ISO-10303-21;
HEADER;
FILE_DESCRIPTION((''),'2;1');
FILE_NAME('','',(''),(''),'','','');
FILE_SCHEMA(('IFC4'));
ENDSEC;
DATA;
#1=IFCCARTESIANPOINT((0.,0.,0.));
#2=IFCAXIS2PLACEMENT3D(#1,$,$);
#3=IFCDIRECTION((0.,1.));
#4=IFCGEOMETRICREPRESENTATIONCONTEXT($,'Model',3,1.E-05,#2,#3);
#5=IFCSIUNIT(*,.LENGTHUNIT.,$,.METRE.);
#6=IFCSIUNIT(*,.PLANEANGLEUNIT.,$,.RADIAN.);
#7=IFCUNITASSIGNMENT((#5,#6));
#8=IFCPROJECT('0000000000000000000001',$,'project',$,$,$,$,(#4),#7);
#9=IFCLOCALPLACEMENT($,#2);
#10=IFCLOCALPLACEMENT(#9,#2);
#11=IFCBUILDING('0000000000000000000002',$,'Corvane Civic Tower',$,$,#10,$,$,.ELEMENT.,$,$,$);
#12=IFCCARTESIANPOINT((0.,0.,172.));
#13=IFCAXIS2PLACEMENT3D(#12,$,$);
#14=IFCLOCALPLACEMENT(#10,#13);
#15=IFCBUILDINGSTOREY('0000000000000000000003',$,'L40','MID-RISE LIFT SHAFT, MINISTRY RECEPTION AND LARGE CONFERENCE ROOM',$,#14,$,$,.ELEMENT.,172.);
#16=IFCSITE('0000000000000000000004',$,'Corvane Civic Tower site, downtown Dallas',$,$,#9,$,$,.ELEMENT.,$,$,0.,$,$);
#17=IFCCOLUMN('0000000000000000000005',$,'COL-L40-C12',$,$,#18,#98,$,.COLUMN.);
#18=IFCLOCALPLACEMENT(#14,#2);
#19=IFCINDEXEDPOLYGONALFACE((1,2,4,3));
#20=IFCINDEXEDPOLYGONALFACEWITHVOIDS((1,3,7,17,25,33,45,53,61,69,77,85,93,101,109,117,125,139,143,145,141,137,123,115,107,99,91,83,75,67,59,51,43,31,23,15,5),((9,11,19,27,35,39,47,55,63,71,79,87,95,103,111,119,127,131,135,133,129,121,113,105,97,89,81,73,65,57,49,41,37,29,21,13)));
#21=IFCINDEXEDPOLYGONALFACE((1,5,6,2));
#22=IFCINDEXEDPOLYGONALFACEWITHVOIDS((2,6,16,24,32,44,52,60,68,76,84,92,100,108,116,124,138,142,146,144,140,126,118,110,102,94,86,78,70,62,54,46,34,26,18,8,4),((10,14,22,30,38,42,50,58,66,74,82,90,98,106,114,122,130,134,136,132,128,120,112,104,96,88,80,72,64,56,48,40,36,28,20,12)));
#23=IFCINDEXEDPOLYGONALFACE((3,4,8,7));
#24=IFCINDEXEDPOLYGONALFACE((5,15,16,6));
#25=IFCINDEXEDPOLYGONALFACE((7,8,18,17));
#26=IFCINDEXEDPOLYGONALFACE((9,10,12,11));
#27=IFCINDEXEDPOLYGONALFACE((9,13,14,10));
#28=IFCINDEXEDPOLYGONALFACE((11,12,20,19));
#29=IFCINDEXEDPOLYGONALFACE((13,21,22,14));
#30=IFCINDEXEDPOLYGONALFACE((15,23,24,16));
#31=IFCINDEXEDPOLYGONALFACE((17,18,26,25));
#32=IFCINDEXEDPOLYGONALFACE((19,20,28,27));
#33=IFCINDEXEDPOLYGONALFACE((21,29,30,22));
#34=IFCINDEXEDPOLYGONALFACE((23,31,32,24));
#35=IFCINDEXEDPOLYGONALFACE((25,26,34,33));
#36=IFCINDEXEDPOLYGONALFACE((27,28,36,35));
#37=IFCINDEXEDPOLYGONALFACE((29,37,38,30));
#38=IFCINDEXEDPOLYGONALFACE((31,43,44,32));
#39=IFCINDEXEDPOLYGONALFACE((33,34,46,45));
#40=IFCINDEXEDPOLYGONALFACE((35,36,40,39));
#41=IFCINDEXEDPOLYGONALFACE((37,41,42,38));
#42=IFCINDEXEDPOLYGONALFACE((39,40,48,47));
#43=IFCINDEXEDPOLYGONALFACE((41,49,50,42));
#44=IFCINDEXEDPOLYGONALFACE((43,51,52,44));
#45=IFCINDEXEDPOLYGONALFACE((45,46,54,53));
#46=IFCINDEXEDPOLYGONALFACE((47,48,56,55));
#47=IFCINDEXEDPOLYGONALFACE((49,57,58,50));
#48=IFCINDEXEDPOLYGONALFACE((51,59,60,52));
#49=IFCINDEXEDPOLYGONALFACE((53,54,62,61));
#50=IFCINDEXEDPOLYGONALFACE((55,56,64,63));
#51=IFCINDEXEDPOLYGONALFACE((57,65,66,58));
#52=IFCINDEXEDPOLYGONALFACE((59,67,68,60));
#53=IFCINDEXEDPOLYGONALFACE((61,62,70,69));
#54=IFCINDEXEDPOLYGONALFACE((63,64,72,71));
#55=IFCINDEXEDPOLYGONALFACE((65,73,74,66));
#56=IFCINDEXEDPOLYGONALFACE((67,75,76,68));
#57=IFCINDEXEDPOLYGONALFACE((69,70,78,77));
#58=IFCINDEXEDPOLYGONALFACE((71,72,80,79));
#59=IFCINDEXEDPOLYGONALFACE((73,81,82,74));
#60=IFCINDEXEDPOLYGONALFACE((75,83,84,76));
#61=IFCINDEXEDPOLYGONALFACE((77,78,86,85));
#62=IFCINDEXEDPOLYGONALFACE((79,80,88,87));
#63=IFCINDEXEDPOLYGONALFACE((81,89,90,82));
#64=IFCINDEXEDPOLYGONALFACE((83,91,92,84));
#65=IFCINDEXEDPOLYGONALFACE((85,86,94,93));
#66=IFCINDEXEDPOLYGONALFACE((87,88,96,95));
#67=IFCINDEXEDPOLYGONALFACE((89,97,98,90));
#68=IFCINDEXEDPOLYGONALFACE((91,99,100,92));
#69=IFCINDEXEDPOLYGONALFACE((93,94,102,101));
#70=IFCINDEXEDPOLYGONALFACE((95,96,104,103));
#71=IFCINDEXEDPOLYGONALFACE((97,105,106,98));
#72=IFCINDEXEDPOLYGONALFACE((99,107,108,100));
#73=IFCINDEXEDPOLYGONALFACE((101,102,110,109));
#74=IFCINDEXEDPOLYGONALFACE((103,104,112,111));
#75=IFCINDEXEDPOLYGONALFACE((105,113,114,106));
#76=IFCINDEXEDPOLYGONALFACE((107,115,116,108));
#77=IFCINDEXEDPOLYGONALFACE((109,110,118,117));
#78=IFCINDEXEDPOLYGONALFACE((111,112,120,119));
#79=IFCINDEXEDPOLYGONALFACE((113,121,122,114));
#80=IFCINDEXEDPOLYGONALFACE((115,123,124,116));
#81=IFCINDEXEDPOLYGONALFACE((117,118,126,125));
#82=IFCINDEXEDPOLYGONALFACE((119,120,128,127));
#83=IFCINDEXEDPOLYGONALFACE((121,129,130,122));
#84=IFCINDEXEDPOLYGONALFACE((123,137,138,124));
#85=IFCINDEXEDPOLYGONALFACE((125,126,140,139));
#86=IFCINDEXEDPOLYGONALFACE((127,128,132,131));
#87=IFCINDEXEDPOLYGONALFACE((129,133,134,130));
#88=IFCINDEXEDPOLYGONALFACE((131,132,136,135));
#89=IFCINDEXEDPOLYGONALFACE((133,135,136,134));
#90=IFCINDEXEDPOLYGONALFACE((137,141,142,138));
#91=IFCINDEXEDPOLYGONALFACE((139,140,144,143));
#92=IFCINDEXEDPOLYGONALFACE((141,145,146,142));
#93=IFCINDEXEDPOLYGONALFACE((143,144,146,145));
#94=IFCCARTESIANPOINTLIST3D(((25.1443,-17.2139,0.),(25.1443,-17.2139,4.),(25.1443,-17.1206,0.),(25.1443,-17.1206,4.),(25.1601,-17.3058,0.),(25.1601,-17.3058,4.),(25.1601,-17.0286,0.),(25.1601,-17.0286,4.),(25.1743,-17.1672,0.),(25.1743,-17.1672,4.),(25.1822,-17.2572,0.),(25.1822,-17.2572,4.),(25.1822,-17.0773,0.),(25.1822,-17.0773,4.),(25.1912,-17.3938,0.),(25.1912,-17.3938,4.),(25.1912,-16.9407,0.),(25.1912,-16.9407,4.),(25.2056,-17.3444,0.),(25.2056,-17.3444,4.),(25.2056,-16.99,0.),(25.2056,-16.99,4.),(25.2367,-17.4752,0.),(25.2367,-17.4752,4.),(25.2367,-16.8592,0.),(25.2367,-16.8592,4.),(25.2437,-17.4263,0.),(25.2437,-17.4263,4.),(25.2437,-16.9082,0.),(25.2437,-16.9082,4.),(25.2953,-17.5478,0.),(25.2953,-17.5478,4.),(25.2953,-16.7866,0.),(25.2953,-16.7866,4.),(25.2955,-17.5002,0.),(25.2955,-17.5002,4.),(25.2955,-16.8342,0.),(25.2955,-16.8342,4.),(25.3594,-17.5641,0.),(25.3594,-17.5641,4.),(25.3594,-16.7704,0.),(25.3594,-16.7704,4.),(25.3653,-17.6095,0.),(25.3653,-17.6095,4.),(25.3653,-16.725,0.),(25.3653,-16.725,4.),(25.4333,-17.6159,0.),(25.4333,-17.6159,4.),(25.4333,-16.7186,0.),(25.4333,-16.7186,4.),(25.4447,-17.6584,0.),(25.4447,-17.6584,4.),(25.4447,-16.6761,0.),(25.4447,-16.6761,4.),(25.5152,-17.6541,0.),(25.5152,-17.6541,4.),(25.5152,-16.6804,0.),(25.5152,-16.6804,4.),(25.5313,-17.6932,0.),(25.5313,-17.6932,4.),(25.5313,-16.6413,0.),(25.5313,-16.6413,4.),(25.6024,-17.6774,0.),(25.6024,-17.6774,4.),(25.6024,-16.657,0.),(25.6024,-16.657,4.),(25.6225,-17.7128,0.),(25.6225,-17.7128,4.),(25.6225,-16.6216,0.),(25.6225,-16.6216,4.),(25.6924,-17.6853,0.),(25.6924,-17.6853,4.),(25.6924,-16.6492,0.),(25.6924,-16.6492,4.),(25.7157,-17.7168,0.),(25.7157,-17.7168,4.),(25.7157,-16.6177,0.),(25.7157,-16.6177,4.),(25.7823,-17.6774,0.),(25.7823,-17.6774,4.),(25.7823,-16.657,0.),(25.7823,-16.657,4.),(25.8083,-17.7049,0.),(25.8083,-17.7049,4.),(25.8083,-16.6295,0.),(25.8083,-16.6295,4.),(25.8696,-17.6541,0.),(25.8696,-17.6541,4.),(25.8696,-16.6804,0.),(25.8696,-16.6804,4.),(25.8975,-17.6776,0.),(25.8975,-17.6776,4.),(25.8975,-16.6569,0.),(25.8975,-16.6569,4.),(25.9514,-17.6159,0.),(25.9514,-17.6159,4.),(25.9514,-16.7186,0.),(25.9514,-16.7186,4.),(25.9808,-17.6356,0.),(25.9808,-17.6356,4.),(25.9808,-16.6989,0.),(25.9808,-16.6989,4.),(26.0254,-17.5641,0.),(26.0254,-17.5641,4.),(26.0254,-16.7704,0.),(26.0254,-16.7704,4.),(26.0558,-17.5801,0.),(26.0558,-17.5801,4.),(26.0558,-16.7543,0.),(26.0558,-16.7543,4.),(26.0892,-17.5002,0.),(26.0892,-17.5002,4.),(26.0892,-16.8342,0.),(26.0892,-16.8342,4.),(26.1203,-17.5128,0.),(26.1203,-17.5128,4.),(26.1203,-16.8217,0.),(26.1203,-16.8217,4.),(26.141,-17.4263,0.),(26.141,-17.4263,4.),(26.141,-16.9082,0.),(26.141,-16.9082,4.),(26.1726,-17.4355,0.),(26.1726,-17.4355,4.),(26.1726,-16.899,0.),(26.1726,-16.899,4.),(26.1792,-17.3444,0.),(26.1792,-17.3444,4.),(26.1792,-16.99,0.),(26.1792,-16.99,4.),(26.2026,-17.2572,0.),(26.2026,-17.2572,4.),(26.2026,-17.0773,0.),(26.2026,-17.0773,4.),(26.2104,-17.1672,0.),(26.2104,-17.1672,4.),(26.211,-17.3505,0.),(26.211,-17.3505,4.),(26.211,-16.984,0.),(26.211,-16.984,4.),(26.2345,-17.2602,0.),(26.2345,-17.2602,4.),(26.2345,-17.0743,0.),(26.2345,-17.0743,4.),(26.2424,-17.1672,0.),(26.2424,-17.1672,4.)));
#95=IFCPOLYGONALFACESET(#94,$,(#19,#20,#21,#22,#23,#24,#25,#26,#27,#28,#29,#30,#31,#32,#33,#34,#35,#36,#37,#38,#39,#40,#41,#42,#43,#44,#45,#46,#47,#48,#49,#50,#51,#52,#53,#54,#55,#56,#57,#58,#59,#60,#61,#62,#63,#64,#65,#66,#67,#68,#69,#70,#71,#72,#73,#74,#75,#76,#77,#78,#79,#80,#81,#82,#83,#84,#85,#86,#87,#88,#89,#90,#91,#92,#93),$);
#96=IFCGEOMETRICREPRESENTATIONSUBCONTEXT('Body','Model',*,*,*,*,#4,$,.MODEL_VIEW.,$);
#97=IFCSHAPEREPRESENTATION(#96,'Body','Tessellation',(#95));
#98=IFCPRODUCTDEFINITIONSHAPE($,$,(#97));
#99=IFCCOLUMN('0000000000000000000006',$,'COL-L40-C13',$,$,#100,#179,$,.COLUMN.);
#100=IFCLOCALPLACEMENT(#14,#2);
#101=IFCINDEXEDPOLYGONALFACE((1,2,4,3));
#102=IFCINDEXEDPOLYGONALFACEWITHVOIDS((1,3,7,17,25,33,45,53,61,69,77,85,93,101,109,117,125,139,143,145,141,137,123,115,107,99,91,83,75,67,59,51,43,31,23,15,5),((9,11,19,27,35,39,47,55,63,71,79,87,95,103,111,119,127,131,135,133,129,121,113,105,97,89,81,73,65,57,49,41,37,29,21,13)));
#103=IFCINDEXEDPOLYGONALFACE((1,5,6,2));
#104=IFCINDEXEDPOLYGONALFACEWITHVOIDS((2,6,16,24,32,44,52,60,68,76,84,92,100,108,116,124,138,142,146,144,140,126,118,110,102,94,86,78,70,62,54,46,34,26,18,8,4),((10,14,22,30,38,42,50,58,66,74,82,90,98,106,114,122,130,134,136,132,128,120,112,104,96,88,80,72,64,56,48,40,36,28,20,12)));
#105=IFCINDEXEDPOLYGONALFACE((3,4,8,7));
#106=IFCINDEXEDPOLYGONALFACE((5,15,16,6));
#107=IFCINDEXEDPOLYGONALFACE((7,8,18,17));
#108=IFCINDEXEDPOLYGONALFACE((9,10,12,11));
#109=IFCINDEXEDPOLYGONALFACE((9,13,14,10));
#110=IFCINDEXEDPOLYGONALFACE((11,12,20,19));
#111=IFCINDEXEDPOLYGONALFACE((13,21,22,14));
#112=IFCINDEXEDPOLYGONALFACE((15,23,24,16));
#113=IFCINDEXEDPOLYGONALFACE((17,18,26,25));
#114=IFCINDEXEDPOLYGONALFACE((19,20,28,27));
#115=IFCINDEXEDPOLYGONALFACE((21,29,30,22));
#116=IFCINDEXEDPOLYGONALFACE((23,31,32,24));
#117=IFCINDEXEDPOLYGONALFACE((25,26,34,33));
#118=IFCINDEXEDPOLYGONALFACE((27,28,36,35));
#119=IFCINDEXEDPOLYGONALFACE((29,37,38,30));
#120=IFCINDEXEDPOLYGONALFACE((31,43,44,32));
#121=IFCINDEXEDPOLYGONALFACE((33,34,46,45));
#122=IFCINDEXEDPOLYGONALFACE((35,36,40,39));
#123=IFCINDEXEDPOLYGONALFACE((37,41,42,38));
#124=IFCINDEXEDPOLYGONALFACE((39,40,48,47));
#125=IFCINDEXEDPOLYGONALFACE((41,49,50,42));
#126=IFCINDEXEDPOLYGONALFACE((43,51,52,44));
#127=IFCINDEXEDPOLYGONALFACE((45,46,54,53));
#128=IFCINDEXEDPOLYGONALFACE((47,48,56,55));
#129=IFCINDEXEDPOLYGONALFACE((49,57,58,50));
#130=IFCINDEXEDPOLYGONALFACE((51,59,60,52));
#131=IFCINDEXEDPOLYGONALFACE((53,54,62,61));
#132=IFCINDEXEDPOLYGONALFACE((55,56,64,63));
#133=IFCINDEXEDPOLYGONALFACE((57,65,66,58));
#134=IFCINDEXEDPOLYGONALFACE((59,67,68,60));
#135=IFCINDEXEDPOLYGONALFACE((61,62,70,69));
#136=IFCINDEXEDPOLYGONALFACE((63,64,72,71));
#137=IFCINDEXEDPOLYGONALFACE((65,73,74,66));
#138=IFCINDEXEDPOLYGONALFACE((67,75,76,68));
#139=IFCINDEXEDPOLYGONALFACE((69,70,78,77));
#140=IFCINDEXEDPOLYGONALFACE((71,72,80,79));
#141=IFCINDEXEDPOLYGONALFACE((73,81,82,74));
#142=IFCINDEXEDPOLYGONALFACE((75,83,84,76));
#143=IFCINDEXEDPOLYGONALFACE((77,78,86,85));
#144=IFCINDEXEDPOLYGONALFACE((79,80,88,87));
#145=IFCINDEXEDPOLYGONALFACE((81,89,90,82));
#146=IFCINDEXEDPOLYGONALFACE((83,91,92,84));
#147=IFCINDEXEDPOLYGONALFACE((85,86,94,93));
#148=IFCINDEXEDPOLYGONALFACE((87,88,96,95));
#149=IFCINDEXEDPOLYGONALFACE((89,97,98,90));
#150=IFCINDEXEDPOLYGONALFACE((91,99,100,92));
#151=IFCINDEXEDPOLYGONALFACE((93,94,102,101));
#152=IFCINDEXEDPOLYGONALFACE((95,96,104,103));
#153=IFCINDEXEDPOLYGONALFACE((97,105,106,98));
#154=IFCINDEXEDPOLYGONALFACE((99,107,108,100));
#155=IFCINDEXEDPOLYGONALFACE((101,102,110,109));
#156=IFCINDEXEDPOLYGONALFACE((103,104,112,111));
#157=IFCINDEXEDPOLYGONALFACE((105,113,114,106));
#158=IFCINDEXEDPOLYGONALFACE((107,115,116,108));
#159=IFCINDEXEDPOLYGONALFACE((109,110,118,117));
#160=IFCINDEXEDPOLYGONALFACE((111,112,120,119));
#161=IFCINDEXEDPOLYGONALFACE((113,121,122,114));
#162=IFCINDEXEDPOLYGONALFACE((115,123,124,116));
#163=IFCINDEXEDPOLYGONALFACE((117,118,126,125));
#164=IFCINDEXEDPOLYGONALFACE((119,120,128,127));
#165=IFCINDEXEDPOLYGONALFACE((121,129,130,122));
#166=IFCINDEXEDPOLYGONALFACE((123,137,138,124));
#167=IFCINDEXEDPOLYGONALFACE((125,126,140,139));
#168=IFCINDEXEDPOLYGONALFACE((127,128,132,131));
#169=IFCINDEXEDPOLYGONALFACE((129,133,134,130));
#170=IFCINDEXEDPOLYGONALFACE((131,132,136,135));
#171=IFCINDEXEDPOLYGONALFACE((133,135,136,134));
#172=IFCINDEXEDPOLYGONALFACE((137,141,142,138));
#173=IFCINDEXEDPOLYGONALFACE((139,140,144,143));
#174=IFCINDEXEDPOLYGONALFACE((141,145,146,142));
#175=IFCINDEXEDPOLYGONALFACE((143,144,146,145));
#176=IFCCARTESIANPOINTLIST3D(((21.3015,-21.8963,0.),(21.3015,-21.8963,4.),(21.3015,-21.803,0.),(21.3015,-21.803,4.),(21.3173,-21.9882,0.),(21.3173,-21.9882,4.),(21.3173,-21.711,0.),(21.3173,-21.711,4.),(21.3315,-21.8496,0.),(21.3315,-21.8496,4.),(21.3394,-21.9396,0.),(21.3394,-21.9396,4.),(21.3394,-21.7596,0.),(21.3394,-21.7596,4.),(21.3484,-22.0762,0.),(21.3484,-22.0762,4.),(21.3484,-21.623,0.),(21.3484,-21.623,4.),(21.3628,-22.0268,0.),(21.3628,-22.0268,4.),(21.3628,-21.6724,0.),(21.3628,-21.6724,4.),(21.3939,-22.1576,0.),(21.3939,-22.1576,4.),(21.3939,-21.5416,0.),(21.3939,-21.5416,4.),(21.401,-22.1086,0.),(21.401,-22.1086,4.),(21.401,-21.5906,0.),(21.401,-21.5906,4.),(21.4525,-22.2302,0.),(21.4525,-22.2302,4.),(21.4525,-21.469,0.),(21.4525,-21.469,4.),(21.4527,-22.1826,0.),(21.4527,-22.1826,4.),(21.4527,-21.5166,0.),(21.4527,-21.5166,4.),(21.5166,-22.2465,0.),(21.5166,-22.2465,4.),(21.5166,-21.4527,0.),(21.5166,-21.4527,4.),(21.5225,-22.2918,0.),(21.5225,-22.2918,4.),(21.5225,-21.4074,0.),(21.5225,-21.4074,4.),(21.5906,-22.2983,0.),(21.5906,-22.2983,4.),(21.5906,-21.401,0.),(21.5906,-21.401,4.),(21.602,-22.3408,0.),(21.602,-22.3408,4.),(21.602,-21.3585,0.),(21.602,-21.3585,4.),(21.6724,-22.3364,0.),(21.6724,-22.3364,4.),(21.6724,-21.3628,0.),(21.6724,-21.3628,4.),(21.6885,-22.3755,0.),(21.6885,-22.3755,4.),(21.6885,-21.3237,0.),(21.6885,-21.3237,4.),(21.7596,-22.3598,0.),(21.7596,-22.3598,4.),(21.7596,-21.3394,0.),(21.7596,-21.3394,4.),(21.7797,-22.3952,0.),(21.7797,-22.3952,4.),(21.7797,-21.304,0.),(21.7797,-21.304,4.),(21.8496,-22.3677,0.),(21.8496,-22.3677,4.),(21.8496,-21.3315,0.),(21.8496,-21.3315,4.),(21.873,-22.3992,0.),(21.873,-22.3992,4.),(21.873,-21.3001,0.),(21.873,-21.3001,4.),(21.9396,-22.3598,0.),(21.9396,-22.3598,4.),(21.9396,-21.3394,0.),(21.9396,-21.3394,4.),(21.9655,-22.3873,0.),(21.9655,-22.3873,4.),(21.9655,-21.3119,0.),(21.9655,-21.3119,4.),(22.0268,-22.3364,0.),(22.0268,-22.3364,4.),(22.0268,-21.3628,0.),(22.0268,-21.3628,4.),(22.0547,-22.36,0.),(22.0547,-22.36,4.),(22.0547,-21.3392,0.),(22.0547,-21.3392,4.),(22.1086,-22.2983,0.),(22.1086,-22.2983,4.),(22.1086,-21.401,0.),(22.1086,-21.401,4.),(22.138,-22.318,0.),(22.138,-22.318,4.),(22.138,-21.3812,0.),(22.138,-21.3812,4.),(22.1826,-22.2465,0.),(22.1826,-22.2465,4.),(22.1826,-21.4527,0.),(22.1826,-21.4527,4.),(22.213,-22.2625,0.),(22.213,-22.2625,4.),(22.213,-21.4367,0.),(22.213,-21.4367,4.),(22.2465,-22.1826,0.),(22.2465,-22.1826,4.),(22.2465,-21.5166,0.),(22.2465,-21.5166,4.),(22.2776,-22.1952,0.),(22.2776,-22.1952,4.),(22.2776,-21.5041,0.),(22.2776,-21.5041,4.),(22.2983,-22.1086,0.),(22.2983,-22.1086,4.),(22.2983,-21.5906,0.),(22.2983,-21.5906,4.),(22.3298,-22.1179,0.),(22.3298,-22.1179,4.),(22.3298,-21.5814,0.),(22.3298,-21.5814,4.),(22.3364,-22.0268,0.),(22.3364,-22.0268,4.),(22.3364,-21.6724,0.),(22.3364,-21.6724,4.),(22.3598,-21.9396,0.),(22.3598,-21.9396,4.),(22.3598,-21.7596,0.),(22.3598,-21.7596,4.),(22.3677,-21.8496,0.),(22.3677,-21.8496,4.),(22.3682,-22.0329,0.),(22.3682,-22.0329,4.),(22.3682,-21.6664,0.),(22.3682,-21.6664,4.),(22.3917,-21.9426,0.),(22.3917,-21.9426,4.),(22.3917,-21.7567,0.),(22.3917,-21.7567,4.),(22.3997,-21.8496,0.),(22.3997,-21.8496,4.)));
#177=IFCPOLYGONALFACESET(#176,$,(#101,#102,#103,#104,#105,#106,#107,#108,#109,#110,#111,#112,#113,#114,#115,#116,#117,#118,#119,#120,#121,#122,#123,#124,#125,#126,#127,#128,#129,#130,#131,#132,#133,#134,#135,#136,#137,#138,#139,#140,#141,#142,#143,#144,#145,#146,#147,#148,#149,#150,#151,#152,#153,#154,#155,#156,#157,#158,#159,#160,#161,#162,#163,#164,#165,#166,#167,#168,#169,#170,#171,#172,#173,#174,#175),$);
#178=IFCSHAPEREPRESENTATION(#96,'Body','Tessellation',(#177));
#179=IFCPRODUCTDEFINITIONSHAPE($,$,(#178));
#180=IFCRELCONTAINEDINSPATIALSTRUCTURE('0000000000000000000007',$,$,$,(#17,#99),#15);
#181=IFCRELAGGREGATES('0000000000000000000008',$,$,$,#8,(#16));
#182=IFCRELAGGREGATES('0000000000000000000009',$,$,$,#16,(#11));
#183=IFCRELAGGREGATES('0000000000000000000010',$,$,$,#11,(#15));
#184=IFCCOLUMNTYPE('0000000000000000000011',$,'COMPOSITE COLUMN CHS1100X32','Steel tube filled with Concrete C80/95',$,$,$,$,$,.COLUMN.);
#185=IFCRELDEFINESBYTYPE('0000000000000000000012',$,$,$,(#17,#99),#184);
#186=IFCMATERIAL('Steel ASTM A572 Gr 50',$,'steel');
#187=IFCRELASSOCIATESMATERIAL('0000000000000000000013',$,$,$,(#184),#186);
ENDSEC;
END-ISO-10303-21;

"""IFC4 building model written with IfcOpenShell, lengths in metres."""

from ifc_helpers import new_model, si_unit, direction, frame, origin, origin_2d, place, context, subcontext, project, spatial, hollow_circle, extrude, material, material_profile, profile_set, type_object, element, save


model = new_model("IFC4")

# Units and contexts
model_context = context("Model", 3, precision=1e-05, world=origin(), true_north=direction((0.0, 1.0)))
body_context = subcontext(model_context, "Body", "Model", "MODEL_VIEW")
ifc_project = project(units=[si_unit("LENGTHUNIT", "METRE"), si_unit("PLANEANGLEUNIT", "RADIAN")], contexts=[model_context])

# Site, building, storey
site_placement = place(None, origin())
site = spatial("IfcSite", under=ifc_project, at=site_placement, Name="Corvane Civic Tower site, downtown Dallas", CompositionType="ELEMENT", RefElevation=0.0)
building_placement = place(site_placement, origin())
building = spatial("IfcBuilding", under=site, at=building_placement, Name="Corvane Civic Tower", CompositionType="ELEMENT")
storey_placement = place(building_placement, frame((0.0, 0.0, 172.0)))
storey = spatial("IfcBuildingStorey", under=building, at=storey_placement, Name="L40", Description="MID-RISE LIFT SHAFT, MINISTRY RECEPTION AND LARGE CONFERENCE ROOM", CompositionType="ELEMENT", Elevation=172.0)

# Columns
ifc_material_1 = material(Name="Steel ASTM A572 Gr 50", Category="steel")
ifc_material_profile_1 = material_profile(ifc_material_1, hollow_circle(Radius=0.55, WallThickness=0.032, at=origin_2d()), Name="CHS1100X32")
ifc_profile_set_1 = profile_set([ifc_material_profile_1], Name="Steel ASTM A572 Gr 50")
column_type = type_object("IfcColumnType", Name="COMPOSITE COLUMN CHS1100X32", Description="Steel tube filled with Concrete C80/95", PredefinedType="COLUMN", material=ifc_profile_set_1)
for number, where, z_axis, x_axis, name in (
    (1, (25.6924, -17.1672, 0.0), (0.0, 0.0, 1.0), (1.0, 0.0, 0.0), "COL-L40-C12"),
    (2, (21.8496, -21.8496, 0.0), (0.0, 0.0, 1.0), (1.0, 0.0, 0.0), "COL-L40-C13"),
):
    element("IfcColumn", number, at=place(storey_placement, frame(where, z_axis=z_axis, x_axis=x_axis)), inside=storey, type_object=column_type, Name=name, PredefinedType="COLUMN", context=body_context, shape_type="SweptSolid", body=[
        extrude(hollow_circle(Radius=0.55, WallThickness=0.032, at=origin_2d()), origin(), (0.0, 0.0, 1.0), 4.0),
    ])

save(model, "model.ifc")
